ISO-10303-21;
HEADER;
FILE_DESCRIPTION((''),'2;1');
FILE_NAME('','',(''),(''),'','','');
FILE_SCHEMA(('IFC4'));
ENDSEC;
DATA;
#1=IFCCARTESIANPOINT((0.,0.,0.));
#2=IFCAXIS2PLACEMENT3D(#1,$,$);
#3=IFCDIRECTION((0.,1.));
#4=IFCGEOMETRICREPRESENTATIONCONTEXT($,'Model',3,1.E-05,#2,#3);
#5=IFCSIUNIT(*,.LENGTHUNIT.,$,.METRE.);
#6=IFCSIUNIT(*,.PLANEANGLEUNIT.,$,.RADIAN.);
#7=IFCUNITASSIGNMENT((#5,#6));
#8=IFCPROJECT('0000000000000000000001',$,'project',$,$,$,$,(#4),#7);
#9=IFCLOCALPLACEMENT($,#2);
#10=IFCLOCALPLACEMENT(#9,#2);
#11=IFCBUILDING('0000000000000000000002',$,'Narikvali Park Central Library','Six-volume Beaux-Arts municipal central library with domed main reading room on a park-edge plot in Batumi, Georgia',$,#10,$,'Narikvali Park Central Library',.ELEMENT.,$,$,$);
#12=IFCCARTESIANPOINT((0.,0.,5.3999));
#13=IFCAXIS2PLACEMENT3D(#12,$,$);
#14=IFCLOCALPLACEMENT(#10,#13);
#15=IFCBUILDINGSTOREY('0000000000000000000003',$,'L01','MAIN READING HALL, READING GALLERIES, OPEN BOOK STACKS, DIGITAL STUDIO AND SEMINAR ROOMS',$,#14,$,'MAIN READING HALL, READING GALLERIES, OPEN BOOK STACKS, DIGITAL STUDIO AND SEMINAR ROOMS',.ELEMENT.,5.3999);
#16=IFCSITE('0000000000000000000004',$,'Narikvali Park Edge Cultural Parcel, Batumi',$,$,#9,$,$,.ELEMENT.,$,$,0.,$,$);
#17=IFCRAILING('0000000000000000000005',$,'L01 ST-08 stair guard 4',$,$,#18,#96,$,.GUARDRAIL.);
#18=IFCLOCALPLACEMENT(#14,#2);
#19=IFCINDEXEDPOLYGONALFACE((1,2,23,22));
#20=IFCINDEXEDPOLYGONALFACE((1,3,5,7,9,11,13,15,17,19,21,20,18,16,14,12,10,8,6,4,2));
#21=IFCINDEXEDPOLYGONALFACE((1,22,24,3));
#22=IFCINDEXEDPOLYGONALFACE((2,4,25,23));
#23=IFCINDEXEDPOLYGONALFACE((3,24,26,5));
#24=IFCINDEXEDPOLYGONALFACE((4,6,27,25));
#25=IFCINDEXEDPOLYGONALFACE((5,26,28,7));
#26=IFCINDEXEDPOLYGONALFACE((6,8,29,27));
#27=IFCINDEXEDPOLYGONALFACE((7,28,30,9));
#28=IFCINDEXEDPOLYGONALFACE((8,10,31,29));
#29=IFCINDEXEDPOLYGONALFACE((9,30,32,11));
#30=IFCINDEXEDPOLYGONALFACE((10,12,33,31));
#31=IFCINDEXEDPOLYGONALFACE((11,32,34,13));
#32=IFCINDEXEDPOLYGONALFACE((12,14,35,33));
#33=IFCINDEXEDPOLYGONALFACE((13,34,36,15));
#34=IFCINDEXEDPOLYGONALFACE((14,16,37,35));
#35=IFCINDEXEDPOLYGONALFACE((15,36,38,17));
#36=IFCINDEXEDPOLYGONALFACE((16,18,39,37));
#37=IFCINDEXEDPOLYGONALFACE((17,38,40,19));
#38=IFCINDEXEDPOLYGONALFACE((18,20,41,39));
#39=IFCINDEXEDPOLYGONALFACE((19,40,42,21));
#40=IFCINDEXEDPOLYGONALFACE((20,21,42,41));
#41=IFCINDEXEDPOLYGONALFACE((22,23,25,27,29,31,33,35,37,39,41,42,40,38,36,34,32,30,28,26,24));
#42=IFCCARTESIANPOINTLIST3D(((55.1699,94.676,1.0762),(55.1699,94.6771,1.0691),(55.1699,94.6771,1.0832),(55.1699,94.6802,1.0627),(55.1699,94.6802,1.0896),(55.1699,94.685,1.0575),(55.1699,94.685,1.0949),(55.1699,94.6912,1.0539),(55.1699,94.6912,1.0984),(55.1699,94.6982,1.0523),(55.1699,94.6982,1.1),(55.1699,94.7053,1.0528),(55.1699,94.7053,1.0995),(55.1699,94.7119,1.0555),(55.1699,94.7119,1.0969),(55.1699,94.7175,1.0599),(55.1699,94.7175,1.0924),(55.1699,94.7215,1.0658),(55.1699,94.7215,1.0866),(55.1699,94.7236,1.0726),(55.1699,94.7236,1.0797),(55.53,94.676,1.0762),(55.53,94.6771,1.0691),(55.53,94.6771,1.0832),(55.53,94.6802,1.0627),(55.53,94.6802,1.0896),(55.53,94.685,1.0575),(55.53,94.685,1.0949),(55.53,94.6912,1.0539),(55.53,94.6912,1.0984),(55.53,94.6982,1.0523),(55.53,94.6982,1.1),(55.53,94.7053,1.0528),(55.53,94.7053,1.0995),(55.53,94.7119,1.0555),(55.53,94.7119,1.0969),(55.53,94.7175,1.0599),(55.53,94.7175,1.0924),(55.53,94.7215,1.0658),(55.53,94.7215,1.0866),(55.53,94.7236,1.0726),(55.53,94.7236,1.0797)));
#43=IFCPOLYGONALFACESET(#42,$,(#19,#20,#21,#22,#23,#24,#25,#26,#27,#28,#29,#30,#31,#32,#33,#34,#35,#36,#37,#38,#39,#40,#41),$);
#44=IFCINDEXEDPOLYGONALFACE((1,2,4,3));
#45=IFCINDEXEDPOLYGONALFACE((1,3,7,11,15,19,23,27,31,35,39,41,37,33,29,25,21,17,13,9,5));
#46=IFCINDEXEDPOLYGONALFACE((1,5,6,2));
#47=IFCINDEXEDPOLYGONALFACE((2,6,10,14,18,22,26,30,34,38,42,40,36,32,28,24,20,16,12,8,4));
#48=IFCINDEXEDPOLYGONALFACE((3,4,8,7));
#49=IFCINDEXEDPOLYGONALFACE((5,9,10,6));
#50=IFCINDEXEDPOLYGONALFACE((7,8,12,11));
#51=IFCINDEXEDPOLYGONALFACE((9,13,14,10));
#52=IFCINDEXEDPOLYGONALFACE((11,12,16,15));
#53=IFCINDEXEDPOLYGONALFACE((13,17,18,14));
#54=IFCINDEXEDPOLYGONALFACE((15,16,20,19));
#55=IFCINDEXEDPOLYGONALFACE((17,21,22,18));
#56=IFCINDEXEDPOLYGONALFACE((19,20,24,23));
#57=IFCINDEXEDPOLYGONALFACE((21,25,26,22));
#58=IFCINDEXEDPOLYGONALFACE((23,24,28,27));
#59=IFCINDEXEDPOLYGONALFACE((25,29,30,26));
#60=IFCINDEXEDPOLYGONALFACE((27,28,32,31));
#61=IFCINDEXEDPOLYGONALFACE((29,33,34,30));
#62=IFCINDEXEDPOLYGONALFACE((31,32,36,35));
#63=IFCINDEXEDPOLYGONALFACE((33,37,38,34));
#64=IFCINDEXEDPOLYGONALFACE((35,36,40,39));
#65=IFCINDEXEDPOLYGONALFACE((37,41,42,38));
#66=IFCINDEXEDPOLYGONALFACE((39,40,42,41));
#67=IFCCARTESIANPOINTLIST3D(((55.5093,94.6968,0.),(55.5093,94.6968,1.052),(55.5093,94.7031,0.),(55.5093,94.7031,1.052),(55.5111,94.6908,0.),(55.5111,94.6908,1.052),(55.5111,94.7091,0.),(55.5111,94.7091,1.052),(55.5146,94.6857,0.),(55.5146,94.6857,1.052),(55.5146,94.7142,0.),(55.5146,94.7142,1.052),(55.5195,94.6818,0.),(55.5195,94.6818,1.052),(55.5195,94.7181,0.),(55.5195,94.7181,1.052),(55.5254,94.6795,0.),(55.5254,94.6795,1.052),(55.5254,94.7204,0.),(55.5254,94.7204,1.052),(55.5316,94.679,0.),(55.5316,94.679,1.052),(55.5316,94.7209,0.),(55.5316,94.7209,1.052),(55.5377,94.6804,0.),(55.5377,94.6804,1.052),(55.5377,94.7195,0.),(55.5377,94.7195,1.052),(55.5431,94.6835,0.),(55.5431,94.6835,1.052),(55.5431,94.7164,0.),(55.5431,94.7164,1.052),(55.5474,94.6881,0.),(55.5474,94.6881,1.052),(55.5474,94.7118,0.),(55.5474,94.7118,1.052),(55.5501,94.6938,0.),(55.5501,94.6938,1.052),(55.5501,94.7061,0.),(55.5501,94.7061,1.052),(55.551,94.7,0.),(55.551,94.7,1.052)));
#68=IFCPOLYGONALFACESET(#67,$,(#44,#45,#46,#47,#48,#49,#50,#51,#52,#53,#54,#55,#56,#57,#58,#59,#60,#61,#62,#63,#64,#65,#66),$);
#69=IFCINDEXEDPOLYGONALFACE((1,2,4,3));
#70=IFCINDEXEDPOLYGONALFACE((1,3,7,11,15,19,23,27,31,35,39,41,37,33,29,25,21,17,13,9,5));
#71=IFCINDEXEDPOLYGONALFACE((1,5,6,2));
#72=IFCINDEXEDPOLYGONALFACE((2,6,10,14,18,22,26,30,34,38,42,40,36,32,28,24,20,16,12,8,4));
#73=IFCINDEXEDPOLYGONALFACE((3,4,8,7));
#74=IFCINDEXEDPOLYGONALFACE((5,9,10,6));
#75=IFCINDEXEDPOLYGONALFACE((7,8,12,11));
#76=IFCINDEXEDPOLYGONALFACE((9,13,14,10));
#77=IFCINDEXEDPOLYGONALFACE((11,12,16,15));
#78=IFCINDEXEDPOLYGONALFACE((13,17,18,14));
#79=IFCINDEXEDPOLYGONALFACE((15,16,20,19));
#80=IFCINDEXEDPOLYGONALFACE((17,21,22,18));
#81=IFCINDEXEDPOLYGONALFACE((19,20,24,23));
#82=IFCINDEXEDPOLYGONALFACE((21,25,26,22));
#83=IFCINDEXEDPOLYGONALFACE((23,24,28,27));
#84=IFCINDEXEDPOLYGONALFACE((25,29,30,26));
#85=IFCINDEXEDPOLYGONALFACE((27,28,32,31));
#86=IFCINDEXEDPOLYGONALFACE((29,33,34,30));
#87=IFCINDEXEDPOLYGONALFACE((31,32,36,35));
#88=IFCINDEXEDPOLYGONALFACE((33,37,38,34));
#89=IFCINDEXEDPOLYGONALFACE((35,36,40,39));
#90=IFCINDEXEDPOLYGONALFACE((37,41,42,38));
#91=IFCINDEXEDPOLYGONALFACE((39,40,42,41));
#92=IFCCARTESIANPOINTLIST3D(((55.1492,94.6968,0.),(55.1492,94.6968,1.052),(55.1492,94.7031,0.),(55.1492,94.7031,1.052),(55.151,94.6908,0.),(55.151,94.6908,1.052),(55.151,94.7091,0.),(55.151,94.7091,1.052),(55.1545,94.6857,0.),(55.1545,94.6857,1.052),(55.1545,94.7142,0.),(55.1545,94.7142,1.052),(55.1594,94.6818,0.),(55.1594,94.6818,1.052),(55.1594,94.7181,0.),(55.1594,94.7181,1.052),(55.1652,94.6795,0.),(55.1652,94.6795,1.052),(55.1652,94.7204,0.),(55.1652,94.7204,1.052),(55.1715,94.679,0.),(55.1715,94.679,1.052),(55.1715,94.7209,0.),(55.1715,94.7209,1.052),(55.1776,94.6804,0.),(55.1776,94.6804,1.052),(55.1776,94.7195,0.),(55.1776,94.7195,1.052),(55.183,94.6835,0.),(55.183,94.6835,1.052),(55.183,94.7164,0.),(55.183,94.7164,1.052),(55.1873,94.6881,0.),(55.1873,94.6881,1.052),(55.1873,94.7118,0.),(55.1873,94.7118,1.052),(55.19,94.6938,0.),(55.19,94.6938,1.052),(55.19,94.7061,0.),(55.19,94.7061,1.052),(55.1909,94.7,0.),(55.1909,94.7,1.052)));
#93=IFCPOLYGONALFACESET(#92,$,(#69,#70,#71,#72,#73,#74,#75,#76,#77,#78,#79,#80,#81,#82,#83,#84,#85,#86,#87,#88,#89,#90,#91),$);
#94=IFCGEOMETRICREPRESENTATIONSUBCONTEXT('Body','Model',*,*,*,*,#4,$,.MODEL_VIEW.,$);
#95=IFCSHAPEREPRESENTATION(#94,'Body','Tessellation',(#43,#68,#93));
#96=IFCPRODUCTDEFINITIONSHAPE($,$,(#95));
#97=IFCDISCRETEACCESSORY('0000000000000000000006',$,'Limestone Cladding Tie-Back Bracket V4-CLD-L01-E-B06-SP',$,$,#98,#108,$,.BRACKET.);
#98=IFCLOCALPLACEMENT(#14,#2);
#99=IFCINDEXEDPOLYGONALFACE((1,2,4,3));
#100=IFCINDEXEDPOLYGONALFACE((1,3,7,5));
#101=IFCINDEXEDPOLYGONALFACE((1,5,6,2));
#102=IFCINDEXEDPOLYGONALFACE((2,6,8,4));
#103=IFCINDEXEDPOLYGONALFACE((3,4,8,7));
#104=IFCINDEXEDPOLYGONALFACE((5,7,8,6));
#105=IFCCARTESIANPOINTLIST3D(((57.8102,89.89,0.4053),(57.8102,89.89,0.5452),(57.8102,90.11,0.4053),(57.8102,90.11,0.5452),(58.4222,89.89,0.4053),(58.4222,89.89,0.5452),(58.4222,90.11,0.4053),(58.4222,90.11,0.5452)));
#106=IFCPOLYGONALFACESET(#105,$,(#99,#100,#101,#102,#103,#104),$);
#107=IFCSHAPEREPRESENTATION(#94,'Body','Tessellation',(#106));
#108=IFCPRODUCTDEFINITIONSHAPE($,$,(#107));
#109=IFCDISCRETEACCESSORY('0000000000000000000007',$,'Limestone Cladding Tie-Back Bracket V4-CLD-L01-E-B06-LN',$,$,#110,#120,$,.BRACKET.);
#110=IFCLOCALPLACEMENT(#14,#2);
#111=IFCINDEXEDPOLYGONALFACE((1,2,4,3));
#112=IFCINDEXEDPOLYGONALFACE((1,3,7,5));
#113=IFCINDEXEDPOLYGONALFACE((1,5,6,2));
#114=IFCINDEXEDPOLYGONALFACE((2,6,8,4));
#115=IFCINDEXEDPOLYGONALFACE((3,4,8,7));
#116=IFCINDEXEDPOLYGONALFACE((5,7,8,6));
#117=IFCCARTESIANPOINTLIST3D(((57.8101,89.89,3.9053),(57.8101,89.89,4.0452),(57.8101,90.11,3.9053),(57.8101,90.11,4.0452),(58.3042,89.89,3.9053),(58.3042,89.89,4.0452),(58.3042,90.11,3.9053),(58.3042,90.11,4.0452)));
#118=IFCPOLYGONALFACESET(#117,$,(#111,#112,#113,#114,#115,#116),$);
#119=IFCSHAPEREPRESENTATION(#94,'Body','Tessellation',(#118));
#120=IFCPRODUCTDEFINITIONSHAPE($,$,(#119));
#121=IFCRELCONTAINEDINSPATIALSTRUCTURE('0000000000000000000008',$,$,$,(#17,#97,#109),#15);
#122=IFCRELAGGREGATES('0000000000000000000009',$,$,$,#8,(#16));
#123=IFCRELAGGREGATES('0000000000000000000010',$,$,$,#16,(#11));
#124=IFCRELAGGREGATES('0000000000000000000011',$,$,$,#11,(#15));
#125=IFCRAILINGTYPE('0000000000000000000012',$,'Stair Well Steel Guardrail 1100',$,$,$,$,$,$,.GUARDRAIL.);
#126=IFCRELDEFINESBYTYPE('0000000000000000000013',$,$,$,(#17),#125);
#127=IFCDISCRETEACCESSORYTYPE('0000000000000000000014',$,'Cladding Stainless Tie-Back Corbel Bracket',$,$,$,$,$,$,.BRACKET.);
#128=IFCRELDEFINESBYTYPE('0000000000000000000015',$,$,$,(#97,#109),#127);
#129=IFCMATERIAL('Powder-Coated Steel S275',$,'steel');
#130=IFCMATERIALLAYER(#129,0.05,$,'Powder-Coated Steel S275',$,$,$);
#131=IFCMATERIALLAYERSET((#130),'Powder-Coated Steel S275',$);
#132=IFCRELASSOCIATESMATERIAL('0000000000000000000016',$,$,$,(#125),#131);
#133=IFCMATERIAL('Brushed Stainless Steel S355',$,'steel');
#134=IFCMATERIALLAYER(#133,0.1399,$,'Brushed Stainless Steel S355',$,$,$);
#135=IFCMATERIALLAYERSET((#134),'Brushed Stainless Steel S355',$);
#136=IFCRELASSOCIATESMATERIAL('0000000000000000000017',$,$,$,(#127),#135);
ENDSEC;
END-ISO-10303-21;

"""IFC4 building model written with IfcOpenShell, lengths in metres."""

from ifc_helpers import new_model, si_unit, direction, frame, origin, origin_2d, place, context, subcontext, project, spatial, rectangle, circle, extrude, material, layer, layer_set, type_object, element, save


model = new_model("IFC4")

# Units and contexts
model_context = context("Model", 3, precision=1e-05, world=origin(), true_north=direction((0.0, 1.0)))
body_context = subcontext(model_context, "Body", "Model", "MODEL_VIEW")
ifc_project = project(units=[si_unit("LENGTHUNIT", "METRE"), si_unit("PLANEANGLEUNIT", "RADIAN")], contexts=[model_context])

# Site, building, storey
site_placement = place(None, origin())
site = spatial("IfcSite", under=ifc_project, at=site_placement, Name="Narikvali Park Edge Cultural Parcel, Batumi", CompositionType="ELEMENT", RefElevation=0.0)
building_placement = place(site_placement, origin())
building = spatial("IfcBuilding", under=site, at=building_placement, Name="Narikvali Park Central Library", Description="Six-volume Beaux-Arts municipal central library with domed main reading room on a park-edge plot in Batumi, Georgia", LongName="Narikvali Park Central Library", CompositionType="ELEMENT")
storey_placement = place(building_placement, frame((0.0, 0.0, 5.3999)))
storey = spatial("IfcBuildingStorey", under=building, at=storey_placement, Name="L01", Description="MAIN READING HALL, READING GALLERIES, OPEN BOOK STACKS, DIGITAL STUDIO AND SEMINAR ROOMS", LongName="MAIN READING HALL, READING GALLERIES, OPEN BOOK STACKS, DIGITAL STUDIO AND SEMINAR ROOMS", CompositionType="ELEMENT", Elevation=5.3999)

# Railing
ifc_material_1 = material(Name="Brushed Stainless Steel S355", Category="steel")
ifc_material_2 = material(Name="Powder-Coated Steel S275", Category="steel")
ifc_layer_1 = layer(ifc_material_2, 0.05, Name="Powder-Coated Steel S275")
ifc_layer_set_1 = layer_set([ifc_layer_1], Name="Powder-Coated Steel S275")
railing_type_1 = type_object("IfcRailingType", Name="Stair Well Steel Guardrail 1100", PredefinedType="GUARDRAIL", material=ifc_layer_set_1)
railing_1_placement = place(storey_placement, frame((55.53, 94.7, 0.0)))
element("IfcRailing", 1, at=railing_1_placement, inside=storey, type_object=railing_type_1, Name="L01 ST-08 stair guard 4", PredefinedType="GUARDRAIL", context=body_context, shape_type="SweptSolid", body=[
    extrude(circle(Radius=0.0239, at=origin_2d()), frame((0.0, 0.0, 1.0762), z_axis=(-1.0, 0.0, 0.0), x_axis=(0.0, -1.0, 0.0)), (0.0, 0.0, 1.0), 0.3601),
    extrude(circle(Radius=0.021, at=origin_2d()), origin(), (0.0, 0.0, 1.0), 1.052),
    extrude(circle(Radius=0.021, at=origin_2d()), frame((-0.3601, 0.0, 0.0)), (0.0, 0.0, 1.0), 1.052),
])

# Discrete accessories
ifc_layer_2 = layer(ifc_material_1, 0.1399, Name="Brushed Stainless Steel S355")
ifc_layer_set_2 = layer_set([ifc_layer_2], Name="Brushed Stainless Steel S355")
discrete_accessory_type = type_object("IfcDiscreteAccessoryType", Name="Cladding Stainless Tie-Back Corbel Bracket", PredefinedType="BRACKET", material=ifc_layer_set_2)
discrete_accessory_1_placement = place(storey_placement, frame((58.1162, 90.0, 0.4053), z_axis=(0.0, 0.0, 1.0), x_axis=(1.0, 0.0, 0.0)))
element("IfcDiscreteAccessory", 2, at=discrete_accessory_1_placement, inside=storey, type_object=discrete_accessory_type, Name="Limestone Cladding Tie-Back Bracket V4-CLD-L01-E-B06-SP", PredefinedType="BRACKET", context=body_context, shape_type="SweptSolid", body=[
    extrude(rectangle(XDim=0.6121, YDim=0.22, at=origin_2d()), origin(), (0.0, 0.0, 1.0), 0.1399),
])
discrete_accessory_2_placement = place(storey_placement, frame((58.0571, 90.0, 3.9053), z_axis=(0.0, 0.0, 1.0), x_axis=(1.0, 0.0, 0.0)))
element("IfcDiscreteAccessory", 3, at=discrete_accessory_2_placement, inside=storey, type_object=discrete_accessory_type, Name="Limestone Cladding Tie-Back Bracket V4-CLD-L01-E-B06-LN", PredefinedType="BRACKET", context=body_context, shape_type="SweptSolid", body=[
    extrude(rectangle(XDim=0.4941, YDim=0.22, at=origin_2d()), origin(), (0.0, 0.0, 1.0), 0.1399),
])

save(model, "model.ifc")
